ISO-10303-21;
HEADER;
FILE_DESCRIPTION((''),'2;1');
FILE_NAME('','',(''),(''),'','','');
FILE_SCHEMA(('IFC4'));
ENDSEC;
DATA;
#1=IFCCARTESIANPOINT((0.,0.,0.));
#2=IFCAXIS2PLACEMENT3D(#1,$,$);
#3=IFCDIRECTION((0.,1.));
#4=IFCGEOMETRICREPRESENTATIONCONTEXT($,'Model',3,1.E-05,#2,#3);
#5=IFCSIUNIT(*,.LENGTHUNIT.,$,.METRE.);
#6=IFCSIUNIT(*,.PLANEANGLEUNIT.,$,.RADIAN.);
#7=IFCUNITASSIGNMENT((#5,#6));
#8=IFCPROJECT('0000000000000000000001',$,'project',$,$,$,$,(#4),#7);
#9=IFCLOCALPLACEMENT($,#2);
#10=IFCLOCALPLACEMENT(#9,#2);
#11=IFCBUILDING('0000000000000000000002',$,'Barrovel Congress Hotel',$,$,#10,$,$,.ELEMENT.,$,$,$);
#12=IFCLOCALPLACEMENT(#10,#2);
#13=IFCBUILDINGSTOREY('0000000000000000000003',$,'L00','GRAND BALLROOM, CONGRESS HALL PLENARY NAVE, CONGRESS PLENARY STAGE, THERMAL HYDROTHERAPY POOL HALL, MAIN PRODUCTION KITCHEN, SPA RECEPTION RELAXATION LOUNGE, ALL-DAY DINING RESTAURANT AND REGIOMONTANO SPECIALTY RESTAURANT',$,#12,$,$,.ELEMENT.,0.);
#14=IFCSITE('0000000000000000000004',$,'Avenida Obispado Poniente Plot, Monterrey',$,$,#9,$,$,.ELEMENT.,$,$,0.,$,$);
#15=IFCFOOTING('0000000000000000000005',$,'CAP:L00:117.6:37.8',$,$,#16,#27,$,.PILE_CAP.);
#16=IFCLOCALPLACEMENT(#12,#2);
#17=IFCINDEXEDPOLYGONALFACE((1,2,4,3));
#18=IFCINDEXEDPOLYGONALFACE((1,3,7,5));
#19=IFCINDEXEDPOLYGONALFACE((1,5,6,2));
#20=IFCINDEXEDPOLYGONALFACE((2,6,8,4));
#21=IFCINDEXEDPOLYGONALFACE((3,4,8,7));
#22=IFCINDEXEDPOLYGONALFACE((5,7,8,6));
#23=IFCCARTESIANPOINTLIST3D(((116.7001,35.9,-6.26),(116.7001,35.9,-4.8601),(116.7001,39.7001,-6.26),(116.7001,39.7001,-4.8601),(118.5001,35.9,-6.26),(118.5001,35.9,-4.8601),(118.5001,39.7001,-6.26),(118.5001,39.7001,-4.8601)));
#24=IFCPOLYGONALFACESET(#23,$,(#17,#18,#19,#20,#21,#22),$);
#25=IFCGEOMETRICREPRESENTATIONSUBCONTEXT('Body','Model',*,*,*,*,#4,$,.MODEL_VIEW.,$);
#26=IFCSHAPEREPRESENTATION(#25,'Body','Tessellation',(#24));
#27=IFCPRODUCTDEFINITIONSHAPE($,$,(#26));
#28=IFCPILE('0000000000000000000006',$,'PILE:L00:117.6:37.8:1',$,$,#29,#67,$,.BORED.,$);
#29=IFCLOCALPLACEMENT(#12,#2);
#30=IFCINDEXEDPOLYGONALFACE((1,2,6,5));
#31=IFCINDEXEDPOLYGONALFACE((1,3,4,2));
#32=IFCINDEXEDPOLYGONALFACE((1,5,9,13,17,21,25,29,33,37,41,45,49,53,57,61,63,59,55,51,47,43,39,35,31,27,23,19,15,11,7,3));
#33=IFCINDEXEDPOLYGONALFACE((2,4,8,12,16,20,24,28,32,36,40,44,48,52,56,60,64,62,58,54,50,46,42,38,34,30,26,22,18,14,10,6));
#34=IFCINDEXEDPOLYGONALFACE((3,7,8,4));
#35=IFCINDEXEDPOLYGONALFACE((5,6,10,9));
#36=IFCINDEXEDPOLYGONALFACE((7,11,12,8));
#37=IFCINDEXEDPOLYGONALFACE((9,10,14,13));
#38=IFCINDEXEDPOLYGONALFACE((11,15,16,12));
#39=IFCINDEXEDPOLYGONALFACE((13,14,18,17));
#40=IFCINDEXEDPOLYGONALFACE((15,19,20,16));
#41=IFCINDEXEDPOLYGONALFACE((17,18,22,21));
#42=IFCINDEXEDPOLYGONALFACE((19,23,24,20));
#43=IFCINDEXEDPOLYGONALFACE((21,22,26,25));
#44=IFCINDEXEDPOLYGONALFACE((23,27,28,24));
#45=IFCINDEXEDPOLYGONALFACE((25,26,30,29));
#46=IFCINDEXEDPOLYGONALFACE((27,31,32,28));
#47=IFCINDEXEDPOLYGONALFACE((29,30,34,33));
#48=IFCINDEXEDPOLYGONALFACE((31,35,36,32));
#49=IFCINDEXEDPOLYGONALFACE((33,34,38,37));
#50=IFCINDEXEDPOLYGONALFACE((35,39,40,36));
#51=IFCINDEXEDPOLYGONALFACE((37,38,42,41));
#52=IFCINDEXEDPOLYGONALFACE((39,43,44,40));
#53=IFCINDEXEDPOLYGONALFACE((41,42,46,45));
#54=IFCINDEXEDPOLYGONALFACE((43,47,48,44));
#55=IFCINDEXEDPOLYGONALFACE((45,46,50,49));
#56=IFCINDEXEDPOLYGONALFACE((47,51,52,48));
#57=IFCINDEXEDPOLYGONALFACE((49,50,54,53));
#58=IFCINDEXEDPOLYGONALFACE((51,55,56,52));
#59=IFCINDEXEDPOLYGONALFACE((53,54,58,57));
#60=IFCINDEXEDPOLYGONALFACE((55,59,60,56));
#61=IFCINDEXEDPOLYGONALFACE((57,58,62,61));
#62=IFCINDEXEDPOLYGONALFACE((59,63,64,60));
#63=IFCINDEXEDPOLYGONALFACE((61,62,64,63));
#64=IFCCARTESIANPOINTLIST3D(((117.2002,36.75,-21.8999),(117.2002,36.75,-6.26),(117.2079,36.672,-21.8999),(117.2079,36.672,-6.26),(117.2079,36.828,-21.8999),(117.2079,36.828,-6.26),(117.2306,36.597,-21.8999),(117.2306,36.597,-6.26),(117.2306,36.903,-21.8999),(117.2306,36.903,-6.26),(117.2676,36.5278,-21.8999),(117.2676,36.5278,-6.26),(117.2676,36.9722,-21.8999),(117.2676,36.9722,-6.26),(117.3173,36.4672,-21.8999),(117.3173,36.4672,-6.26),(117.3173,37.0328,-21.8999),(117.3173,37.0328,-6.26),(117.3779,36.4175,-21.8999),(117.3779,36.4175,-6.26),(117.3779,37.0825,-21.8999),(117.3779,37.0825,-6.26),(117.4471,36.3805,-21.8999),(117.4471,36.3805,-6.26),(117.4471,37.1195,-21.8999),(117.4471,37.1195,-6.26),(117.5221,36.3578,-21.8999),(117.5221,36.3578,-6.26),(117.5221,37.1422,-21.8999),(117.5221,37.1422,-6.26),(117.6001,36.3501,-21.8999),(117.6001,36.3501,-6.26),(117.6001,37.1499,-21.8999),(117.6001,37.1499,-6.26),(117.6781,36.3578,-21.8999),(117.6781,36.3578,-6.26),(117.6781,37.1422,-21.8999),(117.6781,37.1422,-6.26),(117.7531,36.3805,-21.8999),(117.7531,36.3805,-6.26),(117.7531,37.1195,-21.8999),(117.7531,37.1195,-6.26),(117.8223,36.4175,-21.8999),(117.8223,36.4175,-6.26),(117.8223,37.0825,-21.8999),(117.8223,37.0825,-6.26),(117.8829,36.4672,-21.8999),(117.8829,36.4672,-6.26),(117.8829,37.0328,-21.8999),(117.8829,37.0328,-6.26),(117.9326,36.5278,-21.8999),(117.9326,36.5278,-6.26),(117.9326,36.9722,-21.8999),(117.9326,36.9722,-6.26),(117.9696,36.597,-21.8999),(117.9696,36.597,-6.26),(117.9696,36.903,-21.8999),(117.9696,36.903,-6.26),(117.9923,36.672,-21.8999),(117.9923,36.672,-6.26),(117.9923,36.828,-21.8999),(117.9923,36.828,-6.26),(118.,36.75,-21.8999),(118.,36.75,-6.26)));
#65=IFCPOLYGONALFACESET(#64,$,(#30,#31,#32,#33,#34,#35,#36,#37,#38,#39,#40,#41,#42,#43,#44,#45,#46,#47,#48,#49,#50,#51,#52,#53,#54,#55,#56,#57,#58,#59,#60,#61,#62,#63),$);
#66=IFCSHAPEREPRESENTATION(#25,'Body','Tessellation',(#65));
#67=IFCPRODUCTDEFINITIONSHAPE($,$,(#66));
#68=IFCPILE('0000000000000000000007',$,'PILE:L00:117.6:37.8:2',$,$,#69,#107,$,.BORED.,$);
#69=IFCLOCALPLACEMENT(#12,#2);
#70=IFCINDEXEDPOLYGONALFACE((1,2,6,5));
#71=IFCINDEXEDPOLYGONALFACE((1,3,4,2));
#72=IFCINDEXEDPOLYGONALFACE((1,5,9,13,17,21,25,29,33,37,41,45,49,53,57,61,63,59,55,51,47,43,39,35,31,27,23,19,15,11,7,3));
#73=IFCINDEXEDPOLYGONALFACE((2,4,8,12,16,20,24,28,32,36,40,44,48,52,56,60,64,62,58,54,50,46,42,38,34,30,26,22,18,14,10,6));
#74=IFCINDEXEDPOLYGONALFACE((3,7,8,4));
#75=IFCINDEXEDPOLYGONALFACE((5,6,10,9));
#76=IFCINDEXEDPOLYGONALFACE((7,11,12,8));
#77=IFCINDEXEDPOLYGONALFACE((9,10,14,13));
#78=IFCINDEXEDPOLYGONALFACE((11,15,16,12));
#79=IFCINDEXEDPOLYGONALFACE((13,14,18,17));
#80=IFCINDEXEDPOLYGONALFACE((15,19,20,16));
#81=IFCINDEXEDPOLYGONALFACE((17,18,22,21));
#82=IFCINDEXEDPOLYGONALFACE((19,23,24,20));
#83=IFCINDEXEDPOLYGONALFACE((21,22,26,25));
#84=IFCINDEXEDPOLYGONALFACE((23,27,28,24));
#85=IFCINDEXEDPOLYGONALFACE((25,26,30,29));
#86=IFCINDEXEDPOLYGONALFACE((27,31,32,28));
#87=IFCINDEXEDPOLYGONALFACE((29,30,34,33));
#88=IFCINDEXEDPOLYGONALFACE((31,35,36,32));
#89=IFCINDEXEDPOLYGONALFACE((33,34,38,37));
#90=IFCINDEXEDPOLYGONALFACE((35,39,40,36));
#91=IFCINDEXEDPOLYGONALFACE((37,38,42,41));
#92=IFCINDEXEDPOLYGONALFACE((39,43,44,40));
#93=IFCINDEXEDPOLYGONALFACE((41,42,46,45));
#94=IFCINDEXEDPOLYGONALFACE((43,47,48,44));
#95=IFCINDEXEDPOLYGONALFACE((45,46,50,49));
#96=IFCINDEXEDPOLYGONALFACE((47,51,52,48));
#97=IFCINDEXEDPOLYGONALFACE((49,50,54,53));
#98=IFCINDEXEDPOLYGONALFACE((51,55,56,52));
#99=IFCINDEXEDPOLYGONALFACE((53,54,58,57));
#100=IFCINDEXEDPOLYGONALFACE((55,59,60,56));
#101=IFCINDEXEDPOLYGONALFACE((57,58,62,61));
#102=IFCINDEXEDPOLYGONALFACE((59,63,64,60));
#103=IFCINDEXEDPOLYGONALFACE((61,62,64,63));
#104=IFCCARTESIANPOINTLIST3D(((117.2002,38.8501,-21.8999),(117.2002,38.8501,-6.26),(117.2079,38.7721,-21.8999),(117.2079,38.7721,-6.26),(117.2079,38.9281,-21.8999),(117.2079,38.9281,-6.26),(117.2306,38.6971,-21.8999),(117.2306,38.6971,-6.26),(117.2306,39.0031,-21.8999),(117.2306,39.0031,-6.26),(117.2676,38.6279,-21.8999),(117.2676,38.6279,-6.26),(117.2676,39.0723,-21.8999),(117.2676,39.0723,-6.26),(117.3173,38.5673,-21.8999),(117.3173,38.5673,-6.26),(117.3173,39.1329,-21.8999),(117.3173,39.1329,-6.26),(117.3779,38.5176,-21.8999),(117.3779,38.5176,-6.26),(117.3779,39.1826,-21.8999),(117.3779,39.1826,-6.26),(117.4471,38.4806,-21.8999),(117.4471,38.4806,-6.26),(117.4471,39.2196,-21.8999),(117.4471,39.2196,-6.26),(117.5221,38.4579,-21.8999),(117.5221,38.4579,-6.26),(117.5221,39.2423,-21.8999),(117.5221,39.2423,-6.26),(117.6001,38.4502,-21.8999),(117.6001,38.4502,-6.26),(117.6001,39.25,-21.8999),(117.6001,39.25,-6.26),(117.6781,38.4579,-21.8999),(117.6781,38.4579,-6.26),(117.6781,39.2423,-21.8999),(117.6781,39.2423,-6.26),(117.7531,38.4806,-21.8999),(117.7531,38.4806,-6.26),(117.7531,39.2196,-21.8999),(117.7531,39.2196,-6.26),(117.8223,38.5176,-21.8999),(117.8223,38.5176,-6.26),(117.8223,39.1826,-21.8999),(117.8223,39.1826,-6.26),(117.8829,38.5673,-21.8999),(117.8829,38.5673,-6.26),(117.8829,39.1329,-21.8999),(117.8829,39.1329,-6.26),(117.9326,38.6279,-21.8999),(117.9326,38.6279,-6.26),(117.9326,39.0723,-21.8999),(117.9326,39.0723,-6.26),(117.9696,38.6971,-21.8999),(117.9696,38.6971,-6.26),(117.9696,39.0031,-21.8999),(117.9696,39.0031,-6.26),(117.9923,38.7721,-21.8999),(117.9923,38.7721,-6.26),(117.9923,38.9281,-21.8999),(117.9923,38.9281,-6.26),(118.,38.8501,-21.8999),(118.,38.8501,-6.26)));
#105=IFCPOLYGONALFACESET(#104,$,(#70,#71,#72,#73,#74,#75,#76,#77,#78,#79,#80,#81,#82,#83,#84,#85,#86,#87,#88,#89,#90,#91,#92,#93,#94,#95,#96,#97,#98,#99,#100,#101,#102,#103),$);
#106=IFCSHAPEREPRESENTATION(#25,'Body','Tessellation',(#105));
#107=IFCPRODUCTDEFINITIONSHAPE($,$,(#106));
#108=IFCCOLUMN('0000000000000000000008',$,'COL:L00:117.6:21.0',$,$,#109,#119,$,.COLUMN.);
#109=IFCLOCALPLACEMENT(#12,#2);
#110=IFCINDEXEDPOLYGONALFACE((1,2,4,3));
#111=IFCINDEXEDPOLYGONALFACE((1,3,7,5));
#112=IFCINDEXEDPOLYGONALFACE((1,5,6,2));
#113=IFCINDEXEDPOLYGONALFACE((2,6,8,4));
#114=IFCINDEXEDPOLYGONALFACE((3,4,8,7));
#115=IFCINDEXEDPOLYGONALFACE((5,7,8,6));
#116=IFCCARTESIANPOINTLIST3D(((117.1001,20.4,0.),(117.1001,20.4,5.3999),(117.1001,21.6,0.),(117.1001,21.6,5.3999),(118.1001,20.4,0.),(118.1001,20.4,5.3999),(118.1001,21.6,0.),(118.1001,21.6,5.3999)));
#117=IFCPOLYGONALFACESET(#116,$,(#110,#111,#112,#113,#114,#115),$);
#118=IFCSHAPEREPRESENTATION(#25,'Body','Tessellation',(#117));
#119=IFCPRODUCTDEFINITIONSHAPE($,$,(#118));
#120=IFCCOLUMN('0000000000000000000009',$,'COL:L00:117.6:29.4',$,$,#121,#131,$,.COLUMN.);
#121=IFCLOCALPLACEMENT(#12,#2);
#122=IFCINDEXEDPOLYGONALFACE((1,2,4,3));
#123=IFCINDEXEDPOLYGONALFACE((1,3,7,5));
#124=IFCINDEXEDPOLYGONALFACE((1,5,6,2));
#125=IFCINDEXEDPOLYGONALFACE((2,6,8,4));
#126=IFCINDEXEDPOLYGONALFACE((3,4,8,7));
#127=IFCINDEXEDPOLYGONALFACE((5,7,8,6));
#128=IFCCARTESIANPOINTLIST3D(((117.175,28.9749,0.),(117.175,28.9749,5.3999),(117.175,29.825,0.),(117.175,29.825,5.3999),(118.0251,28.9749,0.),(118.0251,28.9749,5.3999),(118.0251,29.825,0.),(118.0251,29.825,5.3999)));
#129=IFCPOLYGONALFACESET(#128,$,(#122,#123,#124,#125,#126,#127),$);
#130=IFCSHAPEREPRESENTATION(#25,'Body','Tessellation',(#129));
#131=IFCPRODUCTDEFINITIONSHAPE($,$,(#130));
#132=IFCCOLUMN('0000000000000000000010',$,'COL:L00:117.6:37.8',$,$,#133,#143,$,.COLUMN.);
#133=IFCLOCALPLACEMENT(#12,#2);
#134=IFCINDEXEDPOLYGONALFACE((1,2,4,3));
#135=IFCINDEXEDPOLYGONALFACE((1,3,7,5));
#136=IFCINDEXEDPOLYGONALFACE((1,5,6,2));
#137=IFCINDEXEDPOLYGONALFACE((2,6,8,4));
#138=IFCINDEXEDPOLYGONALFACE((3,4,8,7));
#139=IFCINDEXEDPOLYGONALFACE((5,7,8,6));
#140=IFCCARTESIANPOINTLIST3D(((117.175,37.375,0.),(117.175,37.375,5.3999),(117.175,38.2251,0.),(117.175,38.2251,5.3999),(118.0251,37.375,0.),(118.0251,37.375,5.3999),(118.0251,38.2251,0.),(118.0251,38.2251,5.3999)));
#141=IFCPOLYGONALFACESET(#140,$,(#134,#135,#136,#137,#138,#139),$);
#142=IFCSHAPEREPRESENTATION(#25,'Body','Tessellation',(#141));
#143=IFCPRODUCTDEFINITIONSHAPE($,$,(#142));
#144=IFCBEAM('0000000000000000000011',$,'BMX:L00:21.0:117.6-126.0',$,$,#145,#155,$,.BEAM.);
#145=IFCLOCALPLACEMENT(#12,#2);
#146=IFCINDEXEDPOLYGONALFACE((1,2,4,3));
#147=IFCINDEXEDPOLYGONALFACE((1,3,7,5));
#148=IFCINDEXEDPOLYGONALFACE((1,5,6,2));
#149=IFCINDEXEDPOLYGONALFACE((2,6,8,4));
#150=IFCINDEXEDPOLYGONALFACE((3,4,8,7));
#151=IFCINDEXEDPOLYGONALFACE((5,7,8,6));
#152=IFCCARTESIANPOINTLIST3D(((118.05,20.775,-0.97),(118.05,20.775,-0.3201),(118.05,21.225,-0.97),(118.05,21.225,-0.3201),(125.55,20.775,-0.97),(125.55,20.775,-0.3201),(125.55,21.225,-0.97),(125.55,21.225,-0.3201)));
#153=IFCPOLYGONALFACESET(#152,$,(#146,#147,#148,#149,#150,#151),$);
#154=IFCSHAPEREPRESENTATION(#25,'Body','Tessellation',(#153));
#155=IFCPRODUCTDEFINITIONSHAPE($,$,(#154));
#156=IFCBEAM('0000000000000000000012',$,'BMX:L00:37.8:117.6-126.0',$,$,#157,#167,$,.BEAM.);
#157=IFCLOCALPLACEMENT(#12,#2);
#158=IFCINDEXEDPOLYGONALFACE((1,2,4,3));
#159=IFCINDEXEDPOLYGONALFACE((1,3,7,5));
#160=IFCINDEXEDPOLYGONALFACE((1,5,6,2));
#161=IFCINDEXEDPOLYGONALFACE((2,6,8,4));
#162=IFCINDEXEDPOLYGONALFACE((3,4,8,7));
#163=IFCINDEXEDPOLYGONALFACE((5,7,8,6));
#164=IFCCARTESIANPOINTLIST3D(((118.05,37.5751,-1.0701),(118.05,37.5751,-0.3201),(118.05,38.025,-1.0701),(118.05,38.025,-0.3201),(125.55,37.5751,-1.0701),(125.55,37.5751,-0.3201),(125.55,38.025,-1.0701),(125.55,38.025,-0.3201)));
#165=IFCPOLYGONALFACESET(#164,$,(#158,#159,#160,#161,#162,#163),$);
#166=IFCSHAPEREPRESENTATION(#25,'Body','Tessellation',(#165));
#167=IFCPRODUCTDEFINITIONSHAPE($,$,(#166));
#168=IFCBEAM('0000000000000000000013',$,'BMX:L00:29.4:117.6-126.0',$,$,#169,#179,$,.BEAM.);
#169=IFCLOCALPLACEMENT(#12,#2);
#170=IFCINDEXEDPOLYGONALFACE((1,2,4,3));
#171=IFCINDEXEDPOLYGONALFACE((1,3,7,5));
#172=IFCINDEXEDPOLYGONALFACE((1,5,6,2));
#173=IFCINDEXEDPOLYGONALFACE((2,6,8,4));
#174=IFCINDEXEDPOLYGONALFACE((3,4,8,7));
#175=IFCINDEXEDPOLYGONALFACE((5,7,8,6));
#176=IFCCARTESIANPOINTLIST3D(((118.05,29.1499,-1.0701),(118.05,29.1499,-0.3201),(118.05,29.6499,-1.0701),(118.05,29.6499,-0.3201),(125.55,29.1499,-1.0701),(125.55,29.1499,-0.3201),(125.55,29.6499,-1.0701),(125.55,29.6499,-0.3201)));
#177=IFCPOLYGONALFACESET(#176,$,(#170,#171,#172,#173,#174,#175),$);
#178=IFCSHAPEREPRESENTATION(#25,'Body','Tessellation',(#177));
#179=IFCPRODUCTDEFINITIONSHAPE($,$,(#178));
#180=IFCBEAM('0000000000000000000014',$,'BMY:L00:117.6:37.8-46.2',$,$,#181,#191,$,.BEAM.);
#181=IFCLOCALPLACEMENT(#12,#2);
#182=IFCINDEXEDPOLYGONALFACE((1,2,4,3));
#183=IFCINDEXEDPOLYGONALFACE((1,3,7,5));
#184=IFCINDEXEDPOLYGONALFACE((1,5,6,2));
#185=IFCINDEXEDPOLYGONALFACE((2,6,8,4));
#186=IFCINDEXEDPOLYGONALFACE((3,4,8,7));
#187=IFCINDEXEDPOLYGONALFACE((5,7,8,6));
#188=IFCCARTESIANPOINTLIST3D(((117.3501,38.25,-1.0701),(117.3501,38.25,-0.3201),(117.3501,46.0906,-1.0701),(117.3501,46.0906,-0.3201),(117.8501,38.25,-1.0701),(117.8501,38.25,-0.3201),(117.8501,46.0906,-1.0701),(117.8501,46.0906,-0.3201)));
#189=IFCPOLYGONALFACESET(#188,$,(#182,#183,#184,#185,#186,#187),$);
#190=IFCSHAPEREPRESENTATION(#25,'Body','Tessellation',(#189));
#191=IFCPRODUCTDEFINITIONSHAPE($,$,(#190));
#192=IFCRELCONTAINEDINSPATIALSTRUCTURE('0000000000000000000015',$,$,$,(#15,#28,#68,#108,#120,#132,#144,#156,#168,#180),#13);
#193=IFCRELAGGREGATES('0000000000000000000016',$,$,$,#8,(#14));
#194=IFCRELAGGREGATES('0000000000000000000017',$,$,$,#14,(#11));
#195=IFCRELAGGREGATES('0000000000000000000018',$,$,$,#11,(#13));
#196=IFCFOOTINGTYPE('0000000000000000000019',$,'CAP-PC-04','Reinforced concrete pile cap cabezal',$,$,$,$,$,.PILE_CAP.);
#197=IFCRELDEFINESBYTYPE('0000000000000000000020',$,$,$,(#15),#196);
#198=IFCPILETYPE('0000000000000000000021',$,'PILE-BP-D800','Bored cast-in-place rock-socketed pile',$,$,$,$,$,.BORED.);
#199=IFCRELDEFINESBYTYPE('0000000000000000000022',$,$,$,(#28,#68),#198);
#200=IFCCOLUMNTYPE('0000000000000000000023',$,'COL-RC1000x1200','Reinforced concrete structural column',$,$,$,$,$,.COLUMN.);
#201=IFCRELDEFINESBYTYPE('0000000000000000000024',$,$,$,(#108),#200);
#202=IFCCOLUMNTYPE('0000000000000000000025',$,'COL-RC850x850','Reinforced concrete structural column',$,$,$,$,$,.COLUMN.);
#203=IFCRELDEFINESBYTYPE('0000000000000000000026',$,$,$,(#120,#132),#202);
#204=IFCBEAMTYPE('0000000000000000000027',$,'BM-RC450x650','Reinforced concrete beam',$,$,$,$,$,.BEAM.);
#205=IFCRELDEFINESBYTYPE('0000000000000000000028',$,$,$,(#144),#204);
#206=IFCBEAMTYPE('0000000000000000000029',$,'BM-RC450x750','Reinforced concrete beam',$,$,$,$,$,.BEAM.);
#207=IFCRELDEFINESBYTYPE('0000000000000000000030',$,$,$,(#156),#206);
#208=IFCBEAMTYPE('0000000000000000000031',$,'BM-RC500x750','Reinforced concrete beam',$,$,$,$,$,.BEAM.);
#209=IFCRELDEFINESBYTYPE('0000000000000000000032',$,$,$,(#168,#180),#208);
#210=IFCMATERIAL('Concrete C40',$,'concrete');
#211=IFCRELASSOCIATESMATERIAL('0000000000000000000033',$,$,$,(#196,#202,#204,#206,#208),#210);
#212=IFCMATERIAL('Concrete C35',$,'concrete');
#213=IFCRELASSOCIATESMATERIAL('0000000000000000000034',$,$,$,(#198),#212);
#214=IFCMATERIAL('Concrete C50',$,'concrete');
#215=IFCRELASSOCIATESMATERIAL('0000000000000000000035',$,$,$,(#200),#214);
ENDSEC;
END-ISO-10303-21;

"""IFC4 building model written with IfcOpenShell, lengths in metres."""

from ifc_helpers import new_model, si_unit, direction, frame, origin, origin_2d, place, context, subcontext, project, spatial, rectangle, circle, extrude, material, material_profile, profile_set, type_object, element, save


model = new_model("IFC4")

# Units and contexts
model_context = context("Model", 3, precision=1e-05, world=origin(), true_north=direction((0.0, 1.0)))
body_context = subcontext(model_context, "Body", "Model", "MODEL_VIEW")
ifc_project = project(units=[si_unit("LENGTHUNIT", "METRE"), si_unit("PLANEANGLEUNIT", "RADIAN")], contexts=[model_context])

# Site, building, storey
site_placement = place(None, origin())
site = spatial("IfcSite", under=ifc_project, at=site_placement, Name="Avenida Obispado Poniente Plot, Monterrey", CompositionType="ELEMENT", RefElevation=0.0)
building_placement = place(site_placement, origin())
building = spatial("IfcBuilding", under=site, at=building_placement, Name="Barrovel Congress Hotel", CompositionType="ELEMENT")
storey_placement = place(building_placement, origin())
storey = spatial("IfcBuildingStorey", under=building, at=storey_placement, Name="L00", Description="GRAND BALLROOM, CONGRESS HALL PLENARY NAVE, CONGRESS PLENARY STAGE, THERMAL HYDROTHERAPY POOL HALL, MAIN PRODUCTION KITCHEN, SPA RECEPTION RELAXATION LOUNGE, ALL-DAY DINING RESTAURANT AND REGIOMONTANO SPECIALTY RESTAURANT", CompositionType="ELEMENT", Elevation=0.0)

# Footing
ifc_material_1 = material(Name="Concrete C40", Category="concrete")
footing_type = type_object("IfcFootingType", Name="CAP-PC-04", Description="Reinforced concrete pile cap cabezal", PredefinedType="PILE_CAP", material=ifc_material_1)
footing_placement = place(storey_placement, frame((117.6001, 37.8, -6.26), z_axis=(0.0, 0.0, 1.0), x_axis=(1.0, 0.0, 0.0)))
element("IfcFooting", 1, at=footing_placement, inside=storey, type_object=footing_type, Name="CAP:L00:117.6:37.8", PredefinedType="PILE_CAP", context=body_context, shape_type="SweptSolid", body=[
    extrude(rectangle(XDim=1.8, YDim=3.8, at=origin_2d()), origin(), (0.0, 0.0, 1.0), 1.3999),
])

# Piles
ifc_material_2 = material(Name="Concrete C35", Category="concrete")
ifc_material_profile_1 = material_profile(ifc_material_2, circle(Radius=0.3999, at=origin_2d()), Name="BP-D800")
ifc_profile_set_1 = profile_set([ifc_material_profile_1], Name="Concrete C35")
pile_type = type_object("IfcPileType", Name="PILE-BP-D800", Description="Bored cast-in-place rock-socketed pile", PredefinedType="BORED", material=ifc_profile_set_1)
for number, where, z_axis, x_axis, name in (
    (2, (117.6001, 36.75, -6.26), (0.0, 0.0, -1.0), (1.0, 0.0, 0.0), "PILE:L00:117.6:37.8:1"),
    (3, (117.6001, 38.8501, -6.26), (0.0, 0.0, -1.0), (1.0, 0.0, 0.0), "PILE:L00:117.6:37.8:2"),
):
    element("IfcPile", number, at=place(storey_placement, frame(where, z_axis=z_axis, x_axis=x_axis)), inside=storey, type_object=pile_type, Name=name, PredefinedType="BORED", context=body_context, shape_type="SweptSolid", body=[
        extrude(circle(Radius=0.3999, at=origin_2d()), origin(), (0.0, 0.0, 1.0), 15.6399),
    ])

# Columns
ifc_material_3 = material(Name="Concrete C50", Category="concrete")
ifc_material_profile_2 = material_profile(ifc_material_3, rectangle(XDim=1.0, YDim=1.2, at=origin_2d()), Name="RC1000x1200")
ifc_profile_set_2 = profile_set([ifc_material_profile_2], Name="Concrete C50")
column_type_1 = type_object("IfcColumnType", Name="COL-RC1000x1200", Description="Reinforced concrete structural column", PredefinedType="COLUMN", material=ifc_profile_set_2)
column_placement = place(storey_placement, frame((117.6001, 21.0, 0.0), z_axis=(0.0, 0.0, 1.0), x_axis=(1.0, 0.0, 0.0)))
element("IfcColumn", 4, at=column_placement, inside=storey, type_object=column_type_1, Name="COL:L00:117.6:21.0", PredefinedType="COLUMN", context=body_context, shape_type="SweptSolid", body=[
    extrude(rectangle(XDim=1.0, YDim=1.2, at=origin_2d()), origin(), (0.0, 0.0, 1.0), 5.3999),
])
ifc_material_profile_3 = material_profile(ifc_material_1, rectangle(XDim=0.8501, YDim=0.8501, at=origin_2d()), Name="RC850x850")
ifc_profile_set_3 = profile_set([ifc_material_profile_3], Name="Concrete C40")
column_type_2 = type_object("IfcColumnType", Name="COL-RC850x850", Description="Reinforced concrete structural column", PredefinedType="COLUMN", material=ifc_profile_set_3)
for number, where, z_axis, x_axis, name in (
    (5, (117.6001, 29.3999, 0.0), (0.0, 0.0, 1.0), (1.0, 0.0, 0.0), "COL:L00:117.6:29.4"),
    (6, (117.6001, 37.8, 0.0), (0.0, 0.0, 1.0), (1.0, 0.0, 0.0), "COL:L00:117.6:37.8"),
):
    element("IfcColumn", number, at=place(storey_placement, frame(where, z_axis=z_axis, x_axis=x_axis)), inside=storey, type_object=column_type_2, Name=name, PredefinedType="COLUMN", context=body_context, shape_type="SweptSolid", body=[
        extrude(rectangle(XDim=0.8501, YDim=0.8501, at=origin_2d()), origin(), (0.0, 0.0, 1.0), 5.3999),
    ])

# Beams
ifc_material_profile_4 = material_profile(ifc_material_1, rectangle(XDim=0.45, YDim=0.6499, at=origin_2d()), Name="RC450x650")
ifc_profile_set_4 = profile_set([ifc_material_profile_4], Name="Concrete C40")
beam_type_1 = type_object("IfcBeamType", Name="BM-RC450x650", Description="Reinforced concrete beam", PredefinedType="BEAM", material=ifc_profile_set_4)
beam_1_placement = place(storey_placement, frame((118.05, 21.0, -0.645), z_axis=(1.0, 0.0, 0.0), x_axis=(0.0, 1.0, 0.0)))
element("IfcBeam", 7, at=beam_1_placement, inside=storey, type_object=beam_type_1, Name="BMX:L00:21.0:117.6-126.0", PredefinedType="BEAM", context=body_context, shape_type="SweptSolid", body=[
    extrude(rectangle(XDim=0.45, YDim=0.6499, at=origin_2d()), origin(), (0.0, 0.0, 1.0), 7.5),
])
ifc_material_profile_5 = material_profile(ifc_material_1, rectangle(XDim=0.45, YDim=0.75, at=origin_2d()), Name="RC450x750")
ifc_profile_set_5 = profile_set([ifc_material_profile_5], Name="Concrete C40")
beam_type_2 = type_object("IfcBeamType", Name="BM-RC450x750", Description="Reinforced concrete beam", PredefinedType="BEAM", material=ifc_profile_set_5)
beam_2_placement = place(storey_placement, frame((118.05, 37.8, -0.6951), z_axis=(1.0, 0.0, 0.0), x_axis=(0.0, 1.0, 0.0)))
element("IfcBeam", 8, at=beam_2_placement, inside=storey, type_object=beam_type_2, Name="BMX:L00:37.8:117.6-126.0", PredefinedType="BEAM", context=body_context, shape_type="SweptSolid", body=[
    extrude(rectangle(XDim=0.45, YDim=0.75, at=origin_2d()), origin(), (0.0, 0.0, 1.0), 7.5),
])
ifc_material_profile_6 = material_profile(ifc_material_1, rectangle(XDim=0.5, YDim=0.75, at=origin_2d()), Name="RC500x750")
ifc_profile_set_6 = profile_set([ifc_material_profile_6], Name="Concrete C40")
beam_type_3 = type_object("IfcBeamType", Name="BM-RC500x750", Description="Reinforced concrete beam", PredefinedType="BEAM", material=ifc_profile_set_6)
beam_3_placement = place(storey_placement, frame((118.05, 29.3999, -0.6951), z_axis=(1.0, 0.0, 0.0), x_axis=(0.0, 1.0, 0.0)))
element("IfcBeam", 9, at=beam_3_placement, inside=storey, type_object=beam_type_3, Name="BMX:L00:29.4:117.6-126.0", PredefinedType="BEAM", context=body_context, shape_type="SweptSolid", body=[
    extrude(rectangle(XDim=0.5, YDim=0.75, at=origin_2d()), origin(), (0.0, 0.0, 1.0), 7.5),
])
beam_4_placement = place(storey_placement, frame((117.6001, 38.25, -0.6951), z_axis=(0.0, 1.0, 0.0), x_axis=(-1.0, 0.0, 0.0)))
element("IfcBeam", 10, at=beam_4_placement, inside=storey, type_object=beam_type_3, Name="BMY:L00:117.6:37.8-46.2", PredefinedType="BEAM", context=body_context, shape_type="SweptSolid", body=[
    extrude(rectangle(XDim=0.5, YDim=0.75, at=origin_2d()), origin(), (0.0, 0.0, 1.0), 7.8406),
])

save(model, "model.ifc")
